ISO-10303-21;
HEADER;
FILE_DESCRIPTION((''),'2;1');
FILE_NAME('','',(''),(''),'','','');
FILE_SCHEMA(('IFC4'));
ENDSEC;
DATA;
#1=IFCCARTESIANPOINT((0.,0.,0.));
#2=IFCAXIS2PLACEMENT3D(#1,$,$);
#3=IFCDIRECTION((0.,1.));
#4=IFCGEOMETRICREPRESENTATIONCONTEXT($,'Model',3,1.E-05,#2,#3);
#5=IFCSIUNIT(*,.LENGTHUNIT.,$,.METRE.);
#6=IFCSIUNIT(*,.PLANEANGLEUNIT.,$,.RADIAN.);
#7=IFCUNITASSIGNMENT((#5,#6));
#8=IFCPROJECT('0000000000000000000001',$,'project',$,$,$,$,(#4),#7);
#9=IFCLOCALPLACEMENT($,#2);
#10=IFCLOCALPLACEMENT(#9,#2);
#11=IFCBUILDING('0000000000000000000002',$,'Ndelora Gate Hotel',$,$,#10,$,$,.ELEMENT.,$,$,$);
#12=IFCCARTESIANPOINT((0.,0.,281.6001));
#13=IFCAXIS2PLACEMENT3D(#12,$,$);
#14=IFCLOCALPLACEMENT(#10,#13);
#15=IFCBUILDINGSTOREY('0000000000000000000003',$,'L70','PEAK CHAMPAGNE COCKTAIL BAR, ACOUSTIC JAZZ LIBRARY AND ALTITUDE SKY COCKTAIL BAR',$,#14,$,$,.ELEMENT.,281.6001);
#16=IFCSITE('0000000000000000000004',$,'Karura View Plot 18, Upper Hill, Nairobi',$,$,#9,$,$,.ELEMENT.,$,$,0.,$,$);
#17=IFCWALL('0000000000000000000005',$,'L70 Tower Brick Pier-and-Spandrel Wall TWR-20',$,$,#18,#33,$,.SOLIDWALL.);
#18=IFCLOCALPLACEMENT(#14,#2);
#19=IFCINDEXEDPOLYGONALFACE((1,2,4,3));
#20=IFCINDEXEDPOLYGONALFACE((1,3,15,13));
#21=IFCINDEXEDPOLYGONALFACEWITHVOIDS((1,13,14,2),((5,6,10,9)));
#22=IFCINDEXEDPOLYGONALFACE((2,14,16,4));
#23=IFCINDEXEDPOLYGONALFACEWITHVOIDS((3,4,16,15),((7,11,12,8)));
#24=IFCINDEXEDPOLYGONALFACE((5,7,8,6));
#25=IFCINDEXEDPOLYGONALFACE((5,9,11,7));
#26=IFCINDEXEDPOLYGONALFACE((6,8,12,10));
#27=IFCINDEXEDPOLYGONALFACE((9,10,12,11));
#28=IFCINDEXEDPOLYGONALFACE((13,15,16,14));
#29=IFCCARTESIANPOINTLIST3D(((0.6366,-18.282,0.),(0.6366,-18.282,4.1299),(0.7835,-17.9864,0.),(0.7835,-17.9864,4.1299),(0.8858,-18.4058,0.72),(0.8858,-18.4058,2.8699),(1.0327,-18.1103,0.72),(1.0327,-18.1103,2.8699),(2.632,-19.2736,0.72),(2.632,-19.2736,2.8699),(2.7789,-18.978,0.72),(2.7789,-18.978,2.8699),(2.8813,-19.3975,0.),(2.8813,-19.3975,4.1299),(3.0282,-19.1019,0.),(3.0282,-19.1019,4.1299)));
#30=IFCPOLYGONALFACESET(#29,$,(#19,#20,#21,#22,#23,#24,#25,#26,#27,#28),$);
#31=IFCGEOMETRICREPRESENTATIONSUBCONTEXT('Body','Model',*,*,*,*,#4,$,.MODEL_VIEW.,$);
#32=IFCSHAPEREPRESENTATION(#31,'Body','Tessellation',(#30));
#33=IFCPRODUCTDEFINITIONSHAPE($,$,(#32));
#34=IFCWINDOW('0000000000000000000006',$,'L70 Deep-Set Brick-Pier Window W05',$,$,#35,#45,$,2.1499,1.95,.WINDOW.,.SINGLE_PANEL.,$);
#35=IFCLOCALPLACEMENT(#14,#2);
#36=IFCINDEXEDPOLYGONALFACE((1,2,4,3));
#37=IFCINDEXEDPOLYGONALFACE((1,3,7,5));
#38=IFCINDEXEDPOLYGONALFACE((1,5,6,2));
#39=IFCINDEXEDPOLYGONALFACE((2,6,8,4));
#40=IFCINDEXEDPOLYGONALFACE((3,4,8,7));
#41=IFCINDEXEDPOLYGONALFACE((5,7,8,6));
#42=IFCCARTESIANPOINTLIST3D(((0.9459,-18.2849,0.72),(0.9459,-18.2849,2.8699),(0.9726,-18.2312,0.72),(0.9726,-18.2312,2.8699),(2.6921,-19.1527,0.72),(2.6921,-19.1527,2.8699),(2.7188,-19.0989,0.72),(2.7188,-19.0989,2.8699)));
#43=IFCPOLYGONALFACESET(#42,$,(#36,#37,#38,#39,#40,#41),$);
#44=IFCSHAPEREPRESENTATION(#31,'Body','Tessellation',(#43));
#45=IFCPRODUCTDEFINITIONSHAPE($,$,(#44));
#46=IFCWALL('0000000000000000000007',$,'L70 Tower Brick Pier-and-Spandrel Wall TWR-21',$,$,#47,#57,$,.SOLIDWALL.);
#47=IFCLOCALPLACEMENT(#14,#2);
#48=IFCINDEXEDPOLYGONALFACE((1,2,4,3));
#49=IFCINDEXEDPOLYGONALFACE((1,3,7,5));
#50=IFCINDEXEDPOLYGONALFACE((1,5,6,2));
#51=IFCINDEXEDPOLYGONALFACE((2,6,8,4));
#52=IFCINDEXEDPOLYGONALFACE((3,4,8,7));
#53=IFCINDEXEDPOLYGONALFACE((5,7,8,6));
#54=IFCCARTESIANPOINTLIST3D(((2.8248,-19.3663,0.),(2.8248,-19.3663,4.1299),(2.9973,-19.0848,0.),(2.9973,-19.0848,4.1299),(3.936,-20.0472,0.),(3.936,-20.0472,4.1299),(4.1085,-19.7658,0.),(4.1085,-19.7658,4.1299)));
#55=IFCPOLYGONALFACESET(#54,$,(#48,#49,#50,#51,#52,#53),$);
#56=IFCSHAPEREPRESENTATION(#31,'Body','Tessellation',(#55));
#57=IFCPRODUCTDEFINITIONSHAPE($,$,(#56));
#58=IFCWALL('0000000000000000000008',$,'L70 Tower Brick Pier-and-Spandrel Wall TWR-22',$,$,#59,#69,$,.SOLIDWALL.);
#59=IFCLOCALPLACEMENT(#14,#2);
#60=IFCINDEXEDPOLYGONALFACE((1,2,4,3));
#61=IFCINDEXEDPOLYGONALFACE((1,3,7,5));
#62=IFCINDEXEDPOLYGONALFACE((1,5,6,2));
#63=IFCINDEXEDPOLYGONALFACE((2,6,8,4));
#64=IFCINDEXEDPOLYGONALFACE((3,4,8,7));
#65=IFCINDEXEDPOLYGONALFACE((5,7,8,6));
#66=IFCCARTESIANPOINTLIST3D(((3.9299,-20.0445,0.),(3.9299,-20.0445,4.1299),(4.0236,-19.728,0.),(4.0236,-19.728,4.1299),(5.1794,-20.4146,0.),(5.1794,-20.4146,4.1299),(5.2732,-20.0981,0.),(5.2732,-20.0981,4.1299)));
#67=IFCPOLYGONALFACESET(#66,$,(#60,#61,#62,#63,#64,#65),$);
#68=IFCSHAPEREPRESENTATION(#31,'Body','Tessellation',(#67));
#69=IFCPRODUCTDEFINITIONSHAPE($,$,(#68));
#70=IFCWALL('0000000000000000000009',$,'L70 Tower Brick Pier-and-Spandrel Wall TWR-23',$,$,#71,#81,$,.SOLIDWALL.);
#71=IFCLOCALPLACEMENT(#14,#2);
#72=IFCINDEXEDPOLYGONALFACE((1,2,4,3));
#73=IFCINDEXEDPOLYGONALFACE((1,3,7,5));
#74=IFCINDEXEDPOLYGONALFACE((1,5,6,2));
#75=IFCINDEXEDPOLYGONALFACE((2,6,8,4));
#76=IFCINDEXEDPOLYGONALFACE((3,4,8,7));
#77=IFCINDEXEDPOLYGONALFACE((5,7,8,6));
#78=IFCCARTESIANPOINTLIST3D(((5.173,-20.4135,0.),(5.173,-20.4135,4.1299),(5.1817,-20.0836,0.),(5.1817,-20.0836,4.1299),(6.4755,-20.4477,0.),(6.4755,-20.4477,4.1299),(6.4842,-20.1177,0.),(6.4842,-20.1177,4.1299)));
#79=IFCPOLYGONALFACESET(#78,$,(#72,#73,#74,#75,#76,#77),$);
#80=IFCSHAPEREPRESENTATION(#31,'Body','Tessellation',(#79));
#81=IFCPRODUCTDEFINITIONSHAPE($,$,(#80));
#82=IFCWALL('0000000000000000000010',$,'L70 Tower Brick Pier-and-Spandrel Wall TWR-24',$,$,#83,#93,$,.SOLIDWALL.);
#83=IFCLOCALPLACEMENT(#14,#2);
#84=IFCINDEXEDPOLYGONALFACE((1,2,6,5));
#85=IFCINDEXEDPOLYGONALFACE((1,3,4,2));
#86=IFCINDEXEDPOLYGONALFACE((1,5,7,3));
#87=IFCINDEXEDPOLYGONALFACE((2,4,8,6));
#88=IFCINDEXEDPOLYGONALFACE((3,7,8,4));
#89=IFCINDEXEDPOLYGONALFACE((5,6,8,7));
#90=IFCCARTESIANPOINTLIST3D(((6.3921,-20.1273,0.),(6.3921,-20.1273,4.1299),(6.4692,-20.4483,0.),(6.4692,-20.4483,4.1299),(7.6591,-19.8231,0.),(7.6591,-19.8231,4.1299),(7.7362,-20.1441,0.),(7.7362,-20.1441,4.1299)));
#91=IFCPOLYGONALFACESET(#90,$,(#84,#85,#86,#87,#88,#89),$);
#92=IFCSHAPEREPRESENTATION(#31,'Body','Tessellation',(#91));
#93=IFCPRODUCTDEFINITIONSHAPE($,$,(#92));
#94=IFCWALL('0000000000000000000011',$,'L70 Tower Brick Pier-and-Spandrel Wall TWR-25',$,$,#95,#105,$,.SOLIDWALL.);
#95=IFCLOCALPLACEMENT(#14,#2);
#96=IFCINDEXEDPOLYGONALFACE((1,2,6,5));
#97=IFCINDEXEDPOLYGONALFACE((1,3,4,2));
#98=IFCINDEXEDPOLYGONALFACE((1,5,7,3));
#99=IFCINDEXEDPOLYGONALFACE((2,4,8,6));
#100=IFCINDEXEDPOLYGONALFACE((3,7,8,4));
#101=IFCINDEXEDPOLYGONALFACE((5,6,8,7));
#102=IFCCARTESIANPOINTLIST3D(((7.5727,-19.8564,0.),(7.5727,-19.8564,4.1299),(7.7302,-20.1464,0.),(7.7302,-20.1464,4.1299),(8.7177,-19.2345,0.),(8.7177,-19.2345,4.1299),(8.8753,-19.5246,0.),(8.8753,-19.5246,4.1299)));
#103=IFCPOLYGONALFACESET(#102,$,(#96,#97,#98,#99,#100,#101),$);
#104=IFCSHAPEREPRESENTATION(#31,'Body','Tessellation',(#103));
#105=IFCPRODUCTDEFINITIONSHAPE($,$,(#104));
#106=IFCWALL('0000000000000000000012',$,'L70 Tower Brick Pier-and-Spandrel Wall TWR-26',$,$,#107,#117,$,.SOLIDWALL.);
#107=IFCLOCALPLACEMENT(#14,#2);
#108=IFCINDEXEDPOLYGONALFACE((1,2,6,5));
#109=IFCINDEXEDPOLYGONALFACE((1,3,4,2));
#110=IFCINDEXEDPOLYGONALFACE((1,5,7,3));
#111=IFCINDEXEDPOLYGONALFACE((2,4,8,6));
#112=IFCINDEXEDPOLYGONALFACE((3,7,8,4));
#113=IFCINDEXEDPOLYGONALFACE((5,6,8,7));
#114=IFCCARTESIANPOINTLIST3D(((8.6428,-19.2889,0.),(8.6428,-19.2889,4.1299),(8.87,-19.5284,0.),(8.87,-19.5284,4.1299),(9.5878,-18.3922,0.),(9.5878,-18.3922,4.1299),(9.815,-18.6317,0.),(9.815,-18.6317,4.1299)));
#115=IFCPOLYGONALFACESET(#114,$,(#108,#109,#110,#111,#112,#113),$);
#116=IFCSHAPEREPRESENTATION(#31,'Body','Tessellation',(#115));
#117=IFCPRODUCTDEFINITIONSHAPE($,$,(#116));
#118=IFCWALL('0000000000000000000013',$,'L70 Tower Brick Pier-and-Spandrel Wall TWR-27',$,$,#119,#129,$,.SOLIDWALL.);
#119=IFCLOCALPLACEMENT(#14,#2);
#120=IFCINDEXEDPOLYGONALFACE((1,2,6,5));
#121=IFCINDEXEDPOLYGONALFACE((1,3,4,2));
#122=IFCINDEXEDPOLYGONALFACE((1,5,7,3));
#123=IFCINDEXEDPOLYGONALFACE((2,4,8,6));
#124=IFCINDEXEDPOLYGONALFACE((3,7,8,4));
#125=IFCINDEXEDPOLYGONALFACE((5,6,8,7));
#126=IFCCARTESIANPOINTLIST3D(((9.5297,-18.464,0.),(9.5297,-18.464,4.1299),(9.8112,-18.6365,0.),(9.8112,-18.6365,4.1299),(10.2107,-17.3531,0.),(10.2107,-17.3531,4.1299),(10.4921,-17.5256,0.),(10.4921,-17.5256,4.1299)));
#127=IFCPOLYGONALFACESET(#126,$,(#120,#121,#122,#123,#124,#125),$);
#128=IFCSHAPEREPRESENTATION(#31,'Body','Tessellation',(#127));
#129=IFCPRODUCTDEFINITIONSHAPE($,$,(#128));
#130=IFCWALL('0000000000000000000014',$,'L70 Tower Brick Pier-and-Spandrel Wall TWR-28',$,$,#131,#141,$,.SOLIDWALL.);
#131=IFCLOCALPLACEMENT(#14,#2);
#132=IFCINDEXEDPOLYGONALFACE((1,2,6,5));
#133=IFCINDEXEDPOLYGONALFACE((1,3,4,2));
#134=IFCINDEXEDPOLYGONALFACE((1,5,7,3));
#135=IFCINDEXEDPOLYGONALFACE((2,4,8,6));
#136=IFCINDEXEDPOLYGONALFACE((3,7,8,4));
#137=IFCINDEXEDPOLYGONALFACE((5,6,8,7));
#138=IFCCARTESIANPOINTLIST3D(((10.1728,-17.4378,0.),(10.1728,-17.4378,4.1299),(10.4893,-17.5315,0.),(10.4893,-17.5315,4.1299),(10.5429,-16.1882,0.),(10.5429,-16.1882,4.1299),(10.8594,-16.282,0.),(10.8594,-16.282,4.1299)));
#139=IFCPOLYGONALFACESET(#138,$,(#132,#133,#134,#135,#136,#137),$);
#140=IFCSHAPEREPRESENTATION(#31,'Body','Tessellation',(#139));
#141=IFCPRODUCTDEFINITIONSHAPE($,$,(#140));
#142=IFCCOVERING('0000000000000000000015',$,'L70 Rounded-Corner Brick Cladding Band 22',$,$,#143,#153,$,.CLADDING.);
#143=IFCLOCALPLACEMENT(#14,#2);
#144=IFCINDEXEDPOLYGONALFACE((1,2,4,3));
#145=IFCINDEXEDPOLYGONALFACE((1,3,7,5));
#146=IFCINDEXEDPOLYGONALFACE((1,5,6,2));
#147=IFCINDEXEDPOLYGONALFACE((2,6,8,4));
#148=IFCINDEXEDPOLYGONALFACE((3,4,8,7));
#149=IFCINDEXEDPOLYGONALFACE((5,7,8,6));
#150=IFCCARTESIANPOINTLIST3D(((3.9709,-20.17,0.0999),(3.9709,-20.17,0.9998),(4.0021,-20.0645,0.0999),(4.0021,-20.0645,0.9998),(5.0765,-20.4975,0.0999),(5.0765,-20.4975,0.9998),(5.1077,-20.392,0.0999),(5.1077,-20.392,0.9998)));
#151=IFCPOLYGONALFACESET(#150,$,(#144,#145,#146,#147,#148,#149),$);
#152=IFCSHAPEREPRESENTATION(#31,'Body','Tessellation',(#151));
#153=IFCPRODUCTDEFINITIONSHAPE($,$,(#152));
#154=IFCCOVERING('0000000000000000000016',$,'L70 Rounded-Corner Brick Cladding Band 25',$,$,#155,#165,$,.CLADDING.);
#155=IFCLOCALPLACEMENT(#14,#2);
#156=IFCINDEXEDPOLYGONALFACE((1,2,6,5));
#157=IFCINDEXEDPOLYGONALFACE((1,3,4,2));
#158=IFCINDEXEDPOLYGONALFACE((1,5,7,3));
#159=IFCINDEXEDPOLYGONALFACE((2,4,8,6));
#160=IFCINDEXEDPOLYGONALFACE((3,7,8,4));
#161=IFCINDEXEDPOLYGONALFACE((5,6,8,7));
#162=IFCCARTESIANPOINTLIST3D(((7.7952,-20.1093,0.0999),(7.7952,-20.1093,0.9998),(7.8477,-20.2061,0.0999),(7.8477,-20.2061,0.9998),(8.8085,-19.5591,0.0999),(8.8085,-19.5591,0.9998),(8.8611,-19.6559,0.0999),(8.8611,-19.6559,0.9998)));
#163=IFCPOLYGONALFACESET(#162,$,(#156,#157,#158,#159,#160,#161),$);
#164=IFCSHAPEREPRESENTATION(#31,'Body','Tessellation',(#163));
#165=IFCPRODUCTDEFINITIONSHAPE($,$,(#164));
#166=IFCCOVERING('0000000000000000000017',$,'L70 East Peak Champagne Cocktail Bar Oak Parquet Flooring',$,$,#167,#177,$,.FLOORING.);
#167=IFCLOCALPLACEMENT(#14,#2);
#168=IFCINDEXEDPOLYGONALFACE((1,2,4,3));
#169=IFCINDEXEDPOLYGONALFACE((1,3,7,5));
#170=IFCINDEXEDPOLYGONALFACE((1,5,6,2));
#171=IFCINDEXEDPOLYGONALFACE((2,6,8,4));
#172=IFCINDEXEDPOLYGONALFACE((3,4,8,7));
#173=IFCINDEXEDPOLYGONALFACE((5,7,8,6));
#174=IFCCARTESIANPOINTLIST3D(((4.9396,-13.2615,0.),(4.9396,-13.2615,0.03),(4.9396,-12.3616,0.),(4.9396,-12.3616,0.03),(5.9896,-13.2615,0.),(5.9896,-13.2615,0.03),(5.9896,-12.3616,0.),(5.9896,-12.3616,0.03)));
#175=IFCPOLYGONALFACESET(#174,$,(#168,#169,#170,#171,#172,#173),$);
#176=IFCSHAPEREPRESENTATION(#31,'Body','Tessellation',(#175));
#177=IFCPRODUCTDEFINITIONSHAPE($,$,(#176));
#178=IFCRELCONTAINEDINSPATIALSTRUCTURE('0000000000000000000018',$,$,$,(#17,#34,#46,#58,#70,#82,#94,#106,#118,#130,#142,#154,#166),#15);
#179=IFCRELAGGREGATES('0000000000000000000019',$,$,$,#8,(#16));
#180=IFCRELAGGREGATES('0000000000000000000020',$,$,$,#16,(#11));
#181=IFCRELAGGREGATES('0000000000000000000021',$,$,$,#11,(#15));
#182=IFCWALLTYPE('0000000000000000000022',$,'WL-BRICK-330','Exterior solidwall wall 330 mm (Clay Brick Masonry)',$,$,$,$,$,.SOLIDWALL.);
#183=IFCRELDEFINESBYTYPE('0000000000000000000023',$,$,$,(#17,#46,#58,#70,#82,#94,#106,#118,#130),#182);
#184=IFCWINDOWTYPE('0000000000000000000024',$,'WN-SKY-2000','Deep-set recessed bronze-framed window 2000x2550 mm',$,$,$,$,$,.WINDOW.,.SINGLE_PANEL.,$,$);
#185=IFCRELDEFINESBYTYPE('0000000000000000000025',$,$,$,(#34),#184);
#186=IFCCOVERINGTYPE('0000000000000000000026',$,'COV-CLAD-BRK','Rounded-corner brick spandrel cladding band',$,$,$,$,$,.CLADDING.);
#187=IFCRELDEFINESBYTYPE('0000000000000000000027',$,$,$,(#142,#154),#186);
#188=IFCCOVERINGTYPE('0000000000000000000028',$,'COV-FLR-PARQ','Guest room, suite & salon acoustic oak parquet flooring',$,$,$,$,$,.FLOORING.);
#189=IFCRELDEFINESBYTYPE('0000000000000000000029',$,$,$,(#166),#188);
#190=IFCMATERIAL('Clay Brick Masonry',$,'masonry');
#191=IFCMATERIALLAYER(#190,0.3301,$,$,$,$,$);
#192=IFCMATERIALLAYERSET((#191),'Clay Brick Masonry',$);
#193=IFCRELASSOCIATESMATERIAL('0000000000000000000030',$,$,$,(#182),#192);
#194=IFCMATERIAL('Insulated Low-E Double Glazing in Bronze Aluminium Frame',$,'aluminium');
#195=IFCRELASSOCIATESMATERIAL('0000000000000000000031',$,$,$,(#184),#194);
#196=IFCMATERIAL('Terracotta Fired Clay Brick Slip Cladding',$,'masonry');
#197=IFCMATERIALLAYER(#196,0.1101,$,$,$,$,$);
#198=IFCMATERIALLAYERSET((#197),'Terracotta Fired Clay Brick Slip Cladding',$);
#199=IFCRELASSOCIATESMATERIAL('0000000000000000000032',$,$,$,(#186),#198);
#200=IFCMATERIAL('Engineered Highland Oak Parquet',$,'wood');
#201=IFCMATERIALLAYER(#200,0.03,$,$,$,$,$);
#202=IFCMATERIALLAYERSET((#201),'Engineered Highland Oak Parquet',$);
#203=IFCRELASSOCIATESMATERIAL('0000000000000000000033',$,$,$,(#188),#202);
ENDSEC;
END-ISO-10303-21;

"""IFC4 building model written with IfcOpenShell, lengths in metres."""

from ifc_helpers import new_model, si_unit, direction, frame, frame_2d, origin, origin_2d, place, context, subcontext, project, spatial, rectangle, extrude, material, layer, layer_set, type_object, element, fill, save


model = new_model("IFC4")

# Units and contexts
model_context = context("Model", 3, precision=1e-05, world=origin(), true_north=direction((0.0, 1.0)))
body_context = subcontext(model_context, "Body", "Model", "MODEL_VIEW")
ifc_project = project(units=[si_unit("LENGTHUNIT", "METRE"), si_unit("PLANEANGLEUNIT", "RADIAN")], contexts=[model_context])

# Site, building, storey
site_placement = place(None, origin())
site = spatial("IfcSite", under=ifc_project, at=site_placement, Name="Karura View Plot 18, Upper Hill, Nairobi", CompositionType="ELEMENT", RefElevation=0.0)
building_placement = place(site_placement, origin())
building = spatial("IfcBuilding", under=site, at=building_placement, Name="Ndelora Gate Hotel", CompositionType="ELEMENT")
storey_placement = place(building_placement, frame((0.0, 0.0, 281.6001)))
storey = spatial("IfcBuildingStorey", under=building, at=storey_placement, Name="L70", Description="PEAK CHAMPAGNE COCKTAIL BAR, ACOUSTIC JAZZ LIBRARY AND ALTITUDE SKY COCKTAIL BAR", CompositionType="ELEMENT", Elevation=281.6001)

# Wall, opening, window
ifc_material_1 = material(Name="Clay Brick Masonry", Category="masonry")
ifc_layer_1 = layer(ifc_material_1, 0.3301)
ifc_layer_set_1 = layer_set([ifc_layer_1], Name="Clay Brick Masonry")
wall_type = type_object("IfcWallType", Name="WL-BRICK-330", Description="Exterior solidwall wall 330 mm (Clay Brick Masonry)", PredefinedType="SOLIDWALL", material=ifc_layer_set_1)
ifc_material_2 = material(Name="Insulated Low-E Double Glazing in Bronze Aluminium Frame", Category="aluminium")
window_type = type_object("IfcWindowType", Name="WN-SKY-2000", Description="Deep-set recessed bronze-framed window 2000x2550 mm", PartitioningType="SINGLE_PANEL", PredefinedType="WINDOW", material=ifc_material_2)
wall_1_placement = place(storey_placement, frame((2.9548, -19.2498, 0.0), z_axis=(0.0, 0.0, 1.0), x_axis=(-0.895515, 0.44503, 0.0)))
wall_1 = element("IfcWall", 1, at=wall_1_placement, inside=storey, type_object=wall_type, Name="L70 Tower Brick Pier-and-Spandrel Wall TWR-20", PredefinedType="SOLIDWALL", context=body_context, shape_type="SweptSolid", body=[
    extrude(rectangle(XDim=2.5066, YDim=0.3301, at=frame_2d((1.2534, 0.0))), origin(), (0.0, 0.0, 1.0), 4.1299),
])
opening_1_placement = place(wall_1_placement, frame((0.2783, 0.0, 0.72)))
opening_1 = element("IfcOpeningElement", 2, at=opening_1_placement, cuts=wall_1, PredefinedType="OPENING", context=body_context, shape_type="SweptSolid", body=[
    extrude(rectangle(XDim=1.95, YDim=2.1499, at=frame_2d((0.9751, 1.075))), frame((0.0, 0.175, 0.0), z_axis=(0.0, -1.0, 0.0), x_axis=(1.0, 0.0, 0.0)), (0.0, 0.0, 1.0), 0.3501),
])
window_1_placement = place(opening_1_placement, origin())
window_1 = element("IfcWindow", 3, at=window_1_placement, inside=storey, type_object=window_type, Name="L70 Deep-Set Brick-Pier Window W05", OverallHeight=2.1499, OverallWidth=1.95, PartitioningType="SINGLE_PANEL", PredefinedType="WINDOW", context=body_context, shape_type="SweptSolid", body=[
    extrude(rectangle(XDim=1.95, YDim=2.1499, at=frame_2d((0.9751, 1.075))), frame((0.0, 0.03, 0.0), z_axis=(0.0, -1.0, 0.0), x_axis=(1.0, 0.0, 0.0)), (0.0, 0.0, 1.0), 0.0601),
])
fill(opening_1, window_1)

# Walls
for number, where, z_axis, x_axis, name in (
    (4, (4.0222, -19.9065, 0.0), (0.0, 0.0, 1.0), (-0.852628, 0.522518, 0.0), "L70 Tower Brick Pier-and-Spandrel Wall TWR-21"),
    (5, (5.2263, -20.2563, 0.0), (0.0, 0.0, 1.0), (-0.958821, 0.284012, 0.0), "L70 Tower Brick Pier-and-Spandrel Wall TWR-22"),
):
    element("IfcWall", number, at=place(storey_placement, frame(where, z_axis=z_axis, x_axis=x_axis)), inside=storey, type_object=wall_type, Name=name, PredefinedType="SOLIDWALL", context=body_context, shape_type="SweptSolid", body=[
        extrude(rectangle(XDim=1.3032, YDim=0.3301, at=frame_2d((0.6516, 0.0))), origin(), (0.0, 0.0, 1.0), 4.1299),
    ])
for number, where, z_axis, x_axis, name in (
    (6, (6.4797, -20.2827, 0.0), (0.0, 0.0, 1.0), (-0.999656, 0.026233, 0.0), "L70 Tower Brick Pier-and-Spandrel Wall TWR-23"),
    (7, (7.6975, -19.9836, 0.0), (0.0, 0.0, 1.0), (-0.97237, -0.233444, 0.0), "L70 Tower Brick Pier-and-Spandrel Wall TWR-24"),
    (8, (8.7964, -19.3796, 0.0), (0.0, 0.0, 1.0), (-0.878775, -0.477237, 0.0), "L70 Tower Brick Pier-and-Spandrel Wall TWR-25"),
):
    element("IfcWall", number, at=place(storey_placement, frame(where, z_axis=z_axis, x_axis=x_axis)), inside=storey, type_object=wall_type, Name=name, PredefinedType="SOLIDWALL", context=body_context, shape_type="SweptSolid", body=[
        extrude(rectangle(XDim=1.303, YDim=0.3301, at=frame_2d((0.6514, 0.0))), origin(), (0.0, 0.0, 1.0), 4.1299),
    ])
wall_2_placement = place(storey_placement, frame((9.7014, -18.512, 0.0), z_axis=(0.0, 0.0, 1.0), x_axis=(-0.725416, -0.688311, 0.0)))
element("IfcWall", 9, at=wall_2_placement, inside=storey, type_object=wall_type, Name="L70 Tower Brick Pier-and-Spandrel Wall TWR-26", PredefinedType="SOLIDWALL", context=body_context, shape_type="SweptSolid", body=[
    extrude(rectangle(XDim=1.3027, YDim=0.3301, at=frame_2d((0.6514, 0.0))), origin(), (0.0, 0.0, 1.0), 4.1299),
])
wall_3_placement = place(storey_placement, frame((10.3513, -17.4395, 0.0), z_axis=(0.0, 0.0, 1.0), x_axis=(-0.522602, -0.852577, 0.0)))
element("IfcWall", 10, at=wall_3_placement, inside=storey, type_object=wall_type, Name="L70 Tower Brick Pier-and-Spandrel Wall TWR-27", PredefinedType="SOLIDWALL", context=body_context, shape_type="SweptSolid", body=[
    extrude(rectangle(XDim=1.303, YDim=0.3301, at=frame_2d((0.6514, 0.0))), origin(), (0.0, 0.0, 1.0), 4.1299),
])
wall_4_placement = place(storey_placement, frame((10.7012, -16.2351, 0.0), z_axis=(0.0, 0.0, 1.0), x_axis=(-0.284012, -0.958821, 0.0)))
element("IfcWall", 11, at=wall_4_placement, inside=storey, type_object=wall_type, Name="L70 Tower Brick Pier-and-Spandrel Wall TWR-28", PredefinedType="SOLIDWALL", context=body_context, shape_type="SweptSolid", body=[
    extrude(rectangle(XDim=1.3032, YDim=0.3301, at=frame_2d((0.6516, 0.0))), origin(), (0.0, 0.0, 1.0), 4.1299),
])

# Coverings
ifc_material_3 = material(Name="Terracotta Fired Clay Brick Slip Cladding", Category="masonry")
ifc_layer_2 = layer(ifc_material_3, 0.1101)
ifc_layer_set_2 = layer_set([ifc_layer_2], Name="Terracotta Fired Clay Brick Slip Cladding")
covering_type_1 = type_object("IfcCoveringType", Name="COV-CLAD-BRK", Description="Rounded-corner brick spandrel cladding band", PredefinedType="CLADDING", material=ifc_layer_set_2)
for number, where, z_axis, x_axis, name in (
    (12, (4.5393, -20.281, 0.0999), (0.0, 0.0, 1.0), (-0.95882, 0.284015, 0.0), "L70 Rounded-Corner Brick Cladding Band 22"),
    (13, (8.3281, -19.8826, 0.0999), (0.0, 0.0, 1.0), (0.878817, 0.477159, 0.0), "L70 Rounded-Corner Brick Cladding Band 25"),
):
    element("IfcCovering", number, at=place(storey_placement, frame(where, z_axis=z_axis, x_axis=x_axis)), inside=storey, type_object=covering_type_1, Name=name, PredefinedType="CLADDING", context=body_context, shape_type="SweptSolid", body=[
        extrude(rectangle(XDim=1.1531, YDim=0.1101, at=origin_2d()), origin(), (0.0, 0.0, 1.0), 0.8999),
    ])
ifc_material_4 = material(Name="Engineered Highland Oak Parquet", Category="wood")
ifc_layer_3 = layer(ifc_material_4, 0.03)
ifc_layer_set_3 = layer_set([ifc_layer_3], Name="Engineered Highland Oak Parquet")
covering_type_2 = type_object("IfcCoveringType", Name="COV-FLR-PARQ", Description="Guest room, suite & salon acoustic oak parquet flooring", PredefinedType="FLOORING", material=ifc_layer_set_3)
covering_placement = place(storey_placement, frame((5.4646, -12.8115, 0.0), z_axis=(0.0, 0.0, 1.0), x_axis=(1.0, 0.0, 0.0)))
element("IfcCovering", 14, at=covering_placement, inside=storey, type_object=covering_type_2, Name="L70 East Peak Champagne Cocktail Bar Oak Parquet Flooring", PredefinedType="FLOORING", context=body_context, shape_type="SweptSolid", body=[
    extrude(rectangle(XDim=1.05, YDim=0.8999, at=origin_2d()), origin(), (0.0, 0.0, 1.0), 0.03),
])

save(model, "model.ifc")
